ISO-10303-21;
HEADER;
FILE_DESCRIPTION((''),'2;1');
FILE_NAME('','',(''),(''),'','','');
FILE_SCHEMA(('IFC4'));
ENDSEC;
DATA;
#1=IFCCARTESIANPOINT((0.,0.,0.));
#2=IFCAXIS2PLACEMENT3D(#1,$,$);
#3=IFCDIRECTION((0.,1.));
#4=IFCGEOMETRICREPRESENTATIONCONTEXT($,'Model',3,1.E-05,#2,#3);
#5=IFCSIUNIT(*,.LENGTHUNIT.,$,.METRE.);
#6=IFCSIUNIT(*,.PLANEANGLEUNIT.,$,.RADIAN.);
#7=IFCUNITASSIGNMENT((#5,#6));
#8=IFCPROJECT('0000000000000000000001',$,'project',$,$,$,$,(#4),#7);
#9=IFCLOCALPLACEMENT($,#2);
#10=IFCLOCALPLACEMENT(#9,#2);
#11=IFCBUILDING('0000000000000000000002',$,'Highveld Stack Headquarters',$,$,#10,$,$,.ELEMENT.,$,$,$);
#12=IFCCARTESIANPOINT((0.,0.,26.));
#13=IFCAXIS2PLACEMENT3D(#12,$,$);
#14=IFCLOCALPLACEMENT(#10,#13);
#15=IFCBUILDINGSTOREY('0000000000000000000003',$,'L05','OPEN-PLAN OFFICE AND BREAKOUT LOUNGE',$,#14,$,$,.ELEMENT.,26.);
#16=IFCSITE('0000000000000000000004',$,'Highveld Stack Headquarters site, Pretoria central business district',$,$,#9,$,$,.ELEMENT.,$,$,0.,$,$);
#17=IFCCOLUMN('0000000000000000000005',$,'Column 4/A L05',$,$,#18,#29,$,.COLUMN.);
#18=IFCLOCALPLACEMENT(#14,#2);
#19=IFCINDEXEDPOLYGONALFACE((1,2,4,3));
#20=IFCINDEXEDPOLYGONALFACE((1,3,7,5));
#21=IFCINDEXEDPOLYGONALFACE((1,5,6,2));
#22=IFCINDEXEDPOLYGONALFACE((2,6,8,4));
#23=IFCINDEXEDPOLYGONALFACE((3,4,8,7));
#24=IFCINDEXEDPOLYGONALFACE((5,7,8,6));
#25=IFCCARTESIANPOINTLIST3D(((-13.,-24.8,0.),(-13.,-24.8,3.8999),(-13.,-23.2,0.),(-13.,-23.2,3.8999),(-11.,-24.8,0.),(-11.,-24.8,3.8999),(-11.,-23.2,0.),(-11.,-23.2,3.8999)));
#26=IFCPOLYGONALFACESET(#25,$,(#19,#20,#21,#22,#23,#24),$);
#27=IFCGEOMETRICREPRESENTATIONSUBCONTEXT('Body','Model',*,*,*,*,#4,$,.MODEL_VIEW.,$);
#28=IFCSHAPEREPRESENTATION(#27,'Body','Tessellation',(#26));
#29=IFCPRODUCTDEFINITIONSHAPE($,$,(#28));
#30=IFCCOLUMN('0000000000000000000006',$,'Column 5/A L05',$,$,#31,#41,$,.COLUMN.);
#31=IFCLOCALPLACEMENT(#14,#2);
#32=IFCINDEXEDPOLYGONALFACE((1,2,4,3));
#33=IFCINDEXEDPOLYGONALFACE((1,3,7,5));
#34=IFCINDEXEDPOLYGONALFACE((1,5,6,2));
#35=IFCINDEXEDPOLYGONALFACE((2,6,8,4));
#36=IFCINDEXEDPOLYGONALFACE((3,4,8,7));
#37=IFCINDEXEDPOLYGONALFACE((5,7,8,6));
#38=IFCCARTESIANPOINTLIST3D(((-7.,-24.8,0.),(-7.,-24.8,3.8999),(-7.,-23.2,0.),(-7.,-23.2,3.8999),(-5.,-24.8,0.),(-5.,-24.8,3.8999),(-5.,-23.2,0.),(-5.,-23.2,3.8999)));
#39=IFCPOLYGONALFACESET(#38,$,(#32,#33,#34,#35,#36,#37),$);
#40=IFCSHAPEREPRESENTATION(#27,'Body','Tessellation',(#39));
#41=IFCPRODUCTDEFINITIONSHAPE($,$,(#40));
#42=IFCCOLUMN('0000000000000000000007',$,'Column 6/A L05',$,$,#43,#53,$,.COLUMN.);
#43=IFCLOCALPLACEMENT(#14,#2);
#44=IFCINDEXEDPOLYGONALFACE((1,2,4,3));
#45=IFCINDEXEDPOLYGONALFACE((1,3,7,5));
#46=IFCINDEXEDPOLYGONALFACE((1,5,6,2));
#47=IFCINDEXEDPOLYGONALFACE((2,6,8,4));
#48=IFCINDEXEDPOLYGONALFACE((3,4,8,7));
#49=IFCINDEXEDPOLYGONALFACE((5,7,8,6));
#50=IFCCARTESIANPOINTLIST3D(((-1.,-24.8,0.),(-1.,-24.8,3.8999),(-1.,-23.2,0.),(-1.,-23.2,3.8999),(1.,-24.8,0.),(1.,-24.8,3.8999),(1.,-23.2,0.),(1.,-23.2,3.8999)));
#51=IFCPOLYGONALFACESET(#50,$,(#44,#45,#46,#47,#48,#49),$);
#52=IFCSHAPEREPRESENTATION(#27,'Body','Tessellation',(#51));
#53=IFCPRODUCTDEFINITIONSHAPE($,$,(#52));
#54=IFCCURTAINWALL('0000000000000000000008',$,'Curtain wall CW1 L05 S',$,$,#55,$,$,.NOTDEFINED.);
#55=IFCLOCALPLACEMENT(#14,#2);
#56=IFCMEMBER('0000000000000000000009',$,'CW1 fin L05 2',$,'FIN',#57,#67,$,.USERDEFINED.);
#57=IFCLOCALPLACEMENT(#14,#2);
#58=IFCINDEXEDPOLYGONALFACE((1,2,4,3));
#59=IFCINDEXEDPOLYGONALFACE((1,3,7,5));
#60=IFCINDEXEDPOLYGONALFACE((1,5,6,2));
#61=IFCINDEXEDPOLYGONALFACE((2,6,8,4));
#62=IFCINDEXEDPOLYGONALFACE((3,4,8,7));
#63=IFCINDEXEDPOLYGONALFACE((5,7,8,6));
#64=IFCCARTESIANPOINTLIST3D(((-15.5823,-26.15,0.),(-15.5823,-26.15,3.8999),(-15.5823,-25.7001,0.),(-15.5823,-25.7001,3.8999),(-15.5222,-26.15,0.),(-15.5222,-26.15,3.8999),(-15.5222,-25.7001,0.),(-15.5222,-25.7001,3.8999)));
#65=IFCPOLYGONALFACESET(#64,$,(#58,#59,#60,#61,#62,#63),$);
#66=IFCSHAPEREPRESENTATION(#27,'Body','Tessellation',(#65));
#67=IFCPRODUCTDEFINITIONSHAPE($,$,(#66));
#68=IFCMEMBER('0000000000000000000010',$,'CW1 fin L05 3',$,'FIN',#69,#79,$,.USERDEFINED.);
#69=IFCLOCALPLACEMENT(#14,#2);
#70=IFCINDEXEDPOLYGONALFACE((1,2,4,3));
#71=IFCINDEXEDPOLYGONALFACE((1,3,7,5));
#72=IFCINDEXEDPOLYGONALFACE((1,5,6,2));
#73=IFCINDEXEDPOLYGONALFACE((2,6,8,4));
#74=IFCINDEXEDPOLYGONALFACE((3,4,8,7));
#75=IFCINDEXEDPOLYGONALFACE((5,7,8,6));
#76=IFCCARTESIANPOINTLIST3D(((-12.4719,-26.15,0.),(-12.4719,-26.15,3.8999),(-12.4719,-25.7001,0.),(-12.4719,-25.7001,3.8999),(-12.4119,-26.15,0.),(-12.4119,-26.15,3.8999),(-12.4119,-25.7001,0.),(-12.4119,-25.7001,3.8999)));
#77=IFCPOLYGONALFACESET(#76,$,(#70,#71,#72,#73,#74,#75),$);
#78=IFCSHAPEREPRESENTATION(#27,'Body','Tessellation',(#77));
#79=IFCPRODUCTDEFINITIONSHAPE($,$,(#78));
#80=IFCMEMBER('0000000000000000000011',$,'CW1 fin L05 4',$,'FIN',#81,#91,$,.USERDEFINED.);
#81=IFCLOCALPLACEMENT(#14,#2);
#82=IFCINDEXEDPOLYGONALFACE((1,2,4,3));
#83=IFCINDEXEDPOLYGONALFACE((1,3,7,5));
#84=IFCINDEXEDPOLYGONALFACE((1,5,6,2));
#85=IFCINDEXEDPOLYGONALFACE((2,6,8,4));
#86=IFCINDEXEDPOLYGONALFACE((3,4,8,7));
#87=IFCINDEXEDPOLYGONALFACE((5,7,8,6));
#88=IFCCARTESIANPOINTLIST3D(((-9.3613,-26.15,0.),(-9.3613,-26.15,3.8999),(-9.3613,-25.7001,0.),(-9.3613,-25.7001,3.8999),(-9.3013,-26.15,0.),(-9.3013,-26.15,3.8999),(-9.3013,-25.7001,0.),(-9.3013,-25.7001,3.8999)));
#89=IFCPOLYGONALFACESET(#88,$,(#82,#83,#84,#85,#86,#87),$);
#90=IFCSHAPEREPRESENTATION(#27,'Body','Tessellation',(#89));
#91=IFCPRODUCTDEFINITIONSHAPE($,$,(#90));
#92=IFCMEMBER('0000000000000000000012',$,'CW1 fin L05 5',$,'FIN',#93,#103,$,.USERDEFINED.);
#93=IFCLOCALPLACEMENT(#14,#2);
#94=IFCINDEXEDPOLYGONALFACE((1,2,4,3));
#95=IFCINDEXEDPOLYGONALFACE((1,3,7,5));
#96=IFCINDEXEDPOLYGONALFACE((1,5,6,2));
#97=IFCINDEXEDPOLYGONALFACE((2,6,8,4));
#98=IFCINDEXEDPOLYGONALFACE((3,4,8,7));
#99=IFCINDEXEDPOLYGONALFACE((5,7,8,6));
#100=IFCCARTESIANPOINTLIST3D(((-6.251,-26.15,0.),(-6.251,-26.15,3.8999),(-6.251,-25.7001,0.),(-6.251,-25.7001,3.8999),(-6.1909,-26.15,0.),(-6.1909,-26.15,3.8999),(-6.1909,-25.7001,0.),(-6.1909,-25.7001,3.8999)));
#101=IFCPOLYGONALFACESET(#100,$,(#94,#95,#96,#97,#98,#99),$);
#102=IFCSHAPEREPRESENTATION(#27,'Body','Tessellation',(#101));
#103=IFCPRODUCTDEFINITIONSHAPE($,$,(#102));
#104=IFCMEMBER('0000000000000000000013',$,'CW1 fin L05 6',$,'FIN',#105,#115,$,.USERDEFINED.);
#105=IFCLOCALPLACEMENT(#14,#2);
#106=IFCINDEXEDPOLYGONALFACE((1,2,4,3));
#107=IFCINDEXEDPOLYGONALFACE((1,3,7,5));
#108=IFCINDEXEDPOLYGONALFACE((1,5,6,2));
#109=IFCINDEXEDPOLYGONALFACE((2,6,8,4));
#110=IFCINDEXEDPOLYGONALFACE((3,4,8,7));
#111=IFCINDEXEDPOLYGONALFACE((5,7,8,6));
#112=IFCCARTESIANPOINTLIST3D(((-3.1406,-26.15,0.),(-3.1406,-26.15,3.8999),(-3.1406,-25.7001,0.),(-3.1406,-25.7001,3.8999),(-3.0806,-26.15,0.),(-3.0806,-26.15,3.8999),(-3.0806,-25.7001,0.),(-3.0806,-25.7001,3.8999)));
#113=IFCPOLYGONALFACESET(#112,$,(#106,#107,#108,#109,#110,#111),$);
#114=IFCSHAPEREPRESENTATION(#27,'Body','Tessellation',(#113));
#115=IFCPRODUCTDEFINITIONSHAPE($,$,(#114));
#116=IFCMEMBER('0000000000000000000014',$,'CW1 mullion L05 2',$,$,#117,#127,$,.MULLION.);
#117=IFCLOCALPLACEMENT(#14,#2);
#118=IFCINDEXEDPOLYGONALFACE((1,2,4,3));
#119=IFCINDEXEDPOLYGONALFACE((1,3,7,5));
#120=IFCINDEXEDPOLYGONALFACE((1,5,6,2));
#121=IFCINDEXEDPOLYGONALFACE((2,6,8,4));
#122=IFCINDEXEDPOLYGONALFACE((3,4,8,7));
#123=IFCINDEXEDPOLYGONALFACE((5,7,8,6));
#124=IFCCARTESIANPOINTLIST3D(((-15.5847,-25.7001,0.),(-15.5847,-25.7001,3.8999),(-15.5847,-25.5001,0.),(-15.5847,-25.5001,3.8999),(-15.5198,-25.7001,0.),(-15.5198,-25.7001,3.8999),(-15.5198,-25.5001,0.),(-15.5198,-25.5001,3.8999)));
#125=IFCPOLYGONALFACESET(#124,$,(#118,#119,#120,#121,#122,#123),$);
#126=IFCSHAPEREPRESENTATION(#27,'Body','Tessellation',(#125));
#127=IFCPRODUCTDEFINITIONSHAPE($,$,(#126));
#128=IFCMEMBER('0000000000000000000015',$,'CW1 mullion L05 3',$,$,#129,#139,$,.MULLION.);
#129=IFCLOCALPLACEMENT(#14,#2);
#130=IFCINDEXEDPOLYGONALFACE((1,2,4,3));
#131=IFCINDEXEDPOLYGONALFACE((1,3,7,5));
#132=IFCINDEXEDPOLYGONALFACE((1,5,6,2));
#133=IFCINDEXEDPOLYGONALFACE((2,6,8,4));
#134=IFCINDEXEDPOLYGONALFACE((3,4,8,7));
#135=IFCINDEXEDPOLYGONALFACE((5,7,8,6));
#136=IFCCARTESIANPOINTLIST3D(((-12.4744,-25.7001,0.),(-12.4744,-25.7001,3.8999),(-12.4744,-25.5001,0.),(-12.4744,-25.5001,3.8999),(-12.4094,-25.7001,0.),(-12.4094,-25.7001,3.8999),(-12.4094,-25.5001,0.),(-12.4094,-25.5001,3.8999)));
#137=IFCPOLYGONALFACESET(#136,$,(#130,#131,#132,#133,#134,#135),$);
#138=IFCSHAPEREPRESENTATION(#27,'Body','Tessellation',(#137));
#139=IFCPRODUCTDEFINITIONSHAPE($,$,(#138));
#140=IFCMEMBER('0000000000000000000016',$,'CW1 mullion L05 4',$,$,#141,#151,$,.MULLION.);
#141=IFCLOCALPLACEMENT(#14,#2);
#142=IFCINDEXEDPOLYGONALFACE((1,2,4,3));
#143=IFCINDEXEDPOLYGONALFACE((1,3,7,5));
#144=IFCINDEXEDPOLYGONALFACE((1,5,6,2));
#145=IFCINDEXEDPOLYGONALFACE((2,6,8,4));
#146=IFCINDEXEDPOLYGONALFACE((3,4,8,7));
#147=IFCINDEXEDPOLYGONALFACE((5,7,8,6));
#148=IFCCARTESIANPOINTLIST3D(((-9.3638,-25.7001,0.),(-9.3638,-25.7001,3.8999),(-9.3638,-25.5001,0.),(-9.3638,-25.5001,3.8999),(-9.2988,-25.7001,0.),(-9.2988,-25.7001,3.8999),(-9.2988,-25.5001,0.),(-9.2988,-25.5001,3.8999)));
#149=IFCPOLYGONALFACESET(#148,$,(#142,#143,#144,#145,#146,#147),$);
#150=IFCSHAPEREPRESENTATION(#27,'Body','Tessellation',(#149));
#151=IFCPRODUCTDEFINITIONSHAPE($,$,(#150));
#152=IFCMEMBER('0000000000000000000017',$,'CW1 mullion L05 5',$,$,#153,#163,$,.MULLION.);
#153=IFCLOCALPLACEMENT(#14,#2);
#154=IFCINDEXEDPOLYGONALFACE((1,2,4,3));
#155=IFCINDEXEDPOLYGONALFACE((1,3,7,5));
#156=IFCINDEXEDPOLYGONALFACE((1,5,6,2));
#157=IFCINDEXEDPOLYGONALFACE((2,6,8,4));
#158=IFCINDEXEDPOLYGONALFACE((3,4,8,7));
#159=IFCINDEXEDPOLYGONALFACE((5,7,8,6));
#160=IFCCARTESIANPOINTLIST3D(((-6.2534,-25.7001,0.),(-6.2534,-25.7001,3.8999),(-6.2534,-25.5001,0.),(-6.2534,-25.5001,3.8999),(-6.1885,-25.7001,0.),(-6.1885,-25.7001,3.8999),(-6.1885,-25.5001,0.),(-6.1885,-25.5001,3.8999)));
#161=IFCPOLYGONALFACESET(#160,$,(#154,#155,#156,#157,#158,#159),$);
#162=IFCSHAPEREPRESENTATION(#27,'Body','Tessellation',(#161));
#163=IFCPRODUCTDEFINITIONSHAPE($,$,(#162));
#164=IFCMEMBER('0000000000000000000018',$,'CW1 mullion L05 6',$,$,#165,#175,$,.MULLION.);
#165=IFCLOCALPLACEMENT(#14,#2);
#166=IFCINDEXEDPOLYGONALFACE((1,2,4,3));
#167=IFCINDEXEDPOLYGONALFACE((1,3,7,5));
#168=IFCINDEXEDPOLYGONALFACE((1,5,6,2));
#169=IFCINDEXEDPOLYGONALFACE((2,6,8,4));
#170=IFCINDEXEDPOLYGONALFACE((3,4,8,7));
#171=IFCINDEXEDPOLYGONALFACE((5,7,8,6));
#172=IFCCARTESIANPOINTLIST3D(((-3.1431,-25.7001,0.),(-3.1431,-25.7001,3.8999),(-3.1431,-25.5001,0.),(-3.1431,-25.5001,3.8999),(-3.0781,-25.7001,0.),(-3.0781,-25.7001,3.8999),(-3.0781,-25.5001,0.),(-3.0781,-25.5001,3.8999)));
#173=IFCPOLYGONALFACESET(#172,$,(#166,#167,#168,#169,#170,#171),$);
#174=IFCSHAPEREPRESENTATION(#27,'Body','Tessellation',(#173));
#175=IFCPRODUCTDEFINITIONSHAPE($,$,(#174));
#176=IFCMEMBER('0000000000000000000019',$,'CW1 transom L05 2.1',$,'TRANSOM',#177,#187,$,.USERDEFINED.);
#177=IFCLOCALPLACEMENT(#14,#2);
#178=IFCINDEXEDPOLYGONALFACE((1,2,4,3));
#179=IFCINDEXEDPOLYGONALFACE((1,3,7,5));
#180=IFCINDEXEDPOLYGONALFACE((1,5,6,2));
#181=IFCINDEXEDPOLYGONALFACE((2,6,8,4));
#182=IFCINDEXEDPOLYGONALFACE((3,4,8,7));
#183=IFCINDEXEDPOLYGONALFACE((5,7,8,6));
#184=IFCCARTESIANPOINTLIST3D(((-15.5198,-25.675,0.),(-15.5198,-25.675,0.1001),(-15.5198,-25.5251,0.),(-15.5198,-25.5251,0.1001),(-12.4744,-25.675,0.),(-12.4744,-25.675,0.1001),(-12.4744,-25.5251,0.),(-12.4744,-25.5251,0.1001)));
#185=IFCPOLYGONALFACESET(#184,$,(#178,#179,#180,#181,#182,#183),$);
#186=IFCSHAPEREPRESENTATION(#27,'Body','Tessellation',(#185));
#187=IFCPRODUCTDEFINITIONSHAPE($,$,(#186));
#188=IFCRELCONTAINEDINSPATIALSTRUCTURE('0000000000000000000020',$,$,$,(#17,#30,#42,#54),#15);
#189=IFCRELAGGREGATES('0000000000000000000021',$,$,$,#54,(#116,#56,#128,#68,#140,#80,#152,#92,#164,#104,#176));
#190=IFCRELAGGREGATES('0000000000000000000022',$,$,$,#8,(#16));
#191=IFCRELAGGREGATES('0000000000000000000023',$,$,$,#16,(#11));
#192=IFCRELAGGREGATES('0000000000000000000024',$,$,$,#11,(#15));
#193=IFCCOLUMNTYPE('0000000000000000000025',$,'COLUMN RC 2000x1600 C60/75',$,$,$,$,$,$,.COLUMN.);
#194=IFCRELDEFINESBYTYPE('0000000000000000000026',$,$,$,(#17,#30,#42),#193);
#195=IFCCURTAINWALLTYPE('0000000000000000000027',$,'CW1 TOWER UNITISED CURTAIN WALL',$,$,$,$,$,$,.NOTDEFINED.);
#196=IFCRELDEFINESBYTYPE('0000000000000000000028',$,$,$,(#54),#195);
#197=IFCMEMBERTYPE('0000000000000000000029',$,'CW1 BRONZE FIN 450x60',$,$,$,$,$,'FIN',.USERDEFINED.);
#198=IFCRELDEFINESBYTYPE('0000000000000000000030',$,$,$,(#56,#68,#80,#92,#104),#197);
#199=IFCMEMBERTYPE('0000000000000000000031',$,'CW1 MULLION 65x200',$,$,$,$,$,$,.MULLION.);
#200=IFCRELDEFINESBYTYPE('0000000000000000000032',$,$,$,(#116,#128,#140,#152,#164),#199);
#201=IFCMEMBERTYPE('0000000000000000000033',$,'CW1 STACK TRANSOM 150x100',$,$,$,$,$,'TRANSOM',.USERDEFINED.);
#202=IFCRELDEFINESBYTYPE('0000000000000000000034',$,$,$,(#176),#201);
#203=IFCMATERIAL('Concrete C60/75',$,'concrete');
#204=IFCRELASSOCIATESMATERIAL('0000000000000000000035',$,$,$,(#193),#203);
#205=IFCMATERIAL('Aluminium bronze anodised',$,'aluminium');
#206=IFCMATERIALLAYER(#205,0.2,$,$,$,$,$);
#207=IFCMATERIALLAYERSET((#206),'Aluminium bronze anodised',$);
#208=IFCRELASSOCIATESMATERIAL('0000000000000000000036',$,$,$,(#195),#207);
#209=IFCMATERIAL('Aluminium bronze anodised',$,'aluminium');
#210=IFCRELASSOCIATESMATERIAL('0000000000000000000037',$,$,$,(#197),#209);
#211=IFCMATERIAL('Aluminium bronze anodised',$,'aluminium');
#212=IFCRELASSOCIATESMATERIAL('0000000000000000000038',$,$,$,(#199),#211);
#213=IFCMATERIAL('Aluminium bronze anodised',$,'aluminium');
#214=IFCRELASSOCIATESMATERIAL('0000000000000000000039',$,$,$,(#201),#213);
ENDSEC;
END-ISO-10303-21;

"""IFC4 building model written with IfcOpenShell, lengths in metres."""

from ifc_helpers import new_model, si_unit, direction, frame, origin, origin_2d, place, context, subcontext, project, spatial, rectangle, extrude, material, layer, layer_set, material_profile, profile_set, type_object, element, aggregate, save


model = new_model("IFC4")

# Units and contexts
model_context = context("Model", 3, precision=1e-05, world=origin(), true_north=direction((0.0, 1.0)))
body_context = subcontext(model_context, "Body", "Model", "MODEL_VIEW")
ifc_project = project(units=[si_unit("LENGTHUNIT", "METRE"), si_unit("PLANEANGLEUNIT", "RADIAN")], contexts=[model_context])

# Site, building, storey
site_placement = place(None, origin())
site = spatial("IfcSite", under=ifc_project, at=site_placement, Name="Highveld Stack Headquarters site, Pretoria central business district", CompositionType="ELEMENT", RefElevation=0.0)
building_placement = place(site_placement, origin())
building = spatial("IfcBuilding", under=site, at=building_placement, Name="Highveld Stack Headquarters", CompositionType="ELEMENT")
storey_placement = place(building_placement, frame((0.0, 0.0, 26.0)))
storey = spatial("IfcBuildingStorey", under=building, at=storey_placement, Name="L05", Description="OPEN-PLAN OFFICE AND BREAKOUT LOUNGE", CompositionType="ELEMENT", Elevation=26.0)

# Columns
ifc_material_1 = material(Name="Concrete C60/75", Category="concrete")
ifc_material_profile_1 = material_profile(ifc_material_1, rectangle(XDim=2.0, YDim=1.6001, at=origin_2d()), Name="RC 2000x1600")
ifc_profile_set_1 = profile_set([ifc_material_profile_1], Name="Concrete C60/75")
column_type = type_object("IfcColumnType", Name="COLUMN RC 2000x1600 C60/75", PredefinedType="COLUMN", material=ifc_profile_set_1)
for number, where, z_axis, x_axis, name in (
    (1, (-12.0, -24.0, 0.0), (0.0, 0.0, 1.0), (1.0, 0.0, 0.0), "Column 4/A L05"),
    (2, (-6.0, -24.0, 0.0), (0.0, 0.0, 1.0), (1.0, 0.0, 0.0), "Column 5/A L05"),
    (3, (0.0, -24.0, 0.0), (0.0, 0.0, 1.0), (1.0, 0.0, 0.0), "Column 6/A L05"),
):
    element("IfcColumn", number, at=place(storey_placement, frame(where, z_axis=z_axis, x_axis=x_axis)), inside=storey, type_object=column_type, Name=name, PredefinedType="COLUMN", context=body_context, shape_type="SweptSolid", body=[
        extrude(rectangle(XDim=2.0, YDim=1.6001, at=origin_2d()), origin(), (0.0, 0.0, 1.0), 3.8999),
    ])

# Curtain wall, members
ifc_material_2 = material(Name="Aluminium bronze anodised", Category="aluminium")
ifc_layer_1 = layer(ifc_material_2, 0.2)
ifc_layer_set_1 = layer_set([ifc_layer_1], Name="Aluminium bronze anodised")
curtain_wall_type = type_object("IfcCurtainWallType", Name="CW1 TOWER UNITISED CURTAIN WALL", PredefinedType="NOTDEFINED", material=ifc_layer_set_1)
curtain_wall_placement = place(storey_placement, origin())
curtain_wall = element("IfcCurtainWall", 4, at=curtain_wall_placement, inside=storey, type_object=curtain_wall_type, Name="Curtain wall CW1 L05 S", PredefinedType="NOTDEFINED")
ifc_material_3 = material(Name="Aluminium bronze anodised", Category="aluminium")
ifc_material_profile_2 = material_profile(ifc_material_3, rectangle(XDim=0.45, YDim=0.0601, at=origin_2d()), Name="FIN 450x60")
ifc_profile_set_2 = profile_set([ifc_material_profile_2], Name="Aluminium bronze anodised")
member_type_1 = type_object("IfcMemberType", Name="CW1 BRONZE FIN 450x60", ElementType="FIN", PredefinedType="USERDEFINED", material=ifc_profile_set_2)
member_1_placement = place(storey_placement, frame((-15.5522, -25.925, 0.0), z_axis=(0.0, 0.0, 1.0), x_axis=(0.0, 1.0, 0.0)))
member_1 = element("IfcMember", 5, at=member_1_placement, type_object=member_type_1, Name="CW1 fin L05 2", ObjectType="FIN", PredefinedType="USERDEFINED", context=body_context, shape_type="SweptSolid", body=[
    extrude(rectangle(XDim=0.45, YDim=0.0601, at=origin_2d()), origin(), (0.0, 0.0, 1.0), 3.8999),
])
member_2_placement = place(storey_placement, frame((-12.4419, -25.925, 0.0), z_axis=(0.0, 0.0, 1.0), x_axis=(0.0, 1.0, 0.0)))
member_2 = element("IfcMember", 6, at=member_2_placement, type_object=member_type_1, Name="CW1 fin L05 3", ObjectType="FIN", PredefinedType="USERDEFINED", context=body_context, shape_type="SweptSolid", body=[
    extrude(rectangle(XDim=0.45, YDim=0.0601, at=origin_2d()), origin(), (0.0, 0.0, 1.0), 3.8999),
])
member_3_placement = place(storey_placement, frame((-9.3313, -25.925, 0.0), z_axis=(0.0, 0.0, 1.0), x_axis=(0.0, 1.0, 0.0)))
member_3 = element("IfcMember", 7, at=member_3_placement, type_object=member_type_1, Name="CW1 fin L05 4", ObjectType="FIN", PredefinedType="USERDEFINED", context=body_context, shape_type="SweptSolid", body=[
    extrude(rectangle(XDim=0.45, YDim=0.0601, at=origin_2d()), origin(), (0.0, 0.0, 1.0), 3.8999),
])
member_4_placement = place(storey_placement, frame((-6.2209, -25.925, 0.0), z_axis=(0.0, 0.0, 1.0), x_axis=(0.0, 1.0, 0.0)))
member_4 = element("IfcMember", 8, at=member_4_placement, type_object=member_type_1, Name="CW1 fin L05 5", ObjectType="FIN", PredefinedType="USERDEFINED", context=body_context, shape_type="SweptSolid", body=[
    extrude(rectangle(XDim=0.45, YDim=0.0601, at=origin_2d()), origin(), (0.0, 0.0, 1.0), 3.8999),
])
member_5_placement = place(storey_placement, frame((-3.1106, -25.925, 0.0), z_axis=(0.0, 0.0, 1.0), x_axis=(0.0, 1.0, 0.0)))
member_5 = element("IfcMember", 9, at=member_5_placement, type_object=member_type_1, Name="CW1 fin L05 6", ObjectType="FIN", PredefinedType="USERDEFINED", context=body_context, shape_type="SweptSolid", body=[
    extrude(rectangle(XDim=0.45, YDim=0.0601, at=origin_2d()), origin(), (0.0, 0.0, 1.0), 3.8999),
])
ifc_material_4 = material(Name="Aluminium bronze anodised", Category="aluminium")
ifc_material_profile_3 = material_profile(ifc_material_4, rectangle(XDim=0.2, YDim=0.0649, at=origin_2d()), Name="CW1 MULLION 65x200")
ifc_profile_set_3 = profile_set([ifc_material_profile_3], Name="Aluminium bronze anodised")
member_type_2 = type_object("IfcMemberType", Name="CW1 MULLION 65x200", PredefinedType="MULLION", material=ifc_profile_set_3)
member_6_placement = place(storey_placement, frame((-15.5522, -25.6001, 0.0), z_axis=(0.0, 0.0, 1.0), x_axis=(0.0, 1.0, 0.0)))
member_6 = element("IfcMember", 10, at=member_6_placement, type_object=member_type_2, Name="CW1 mullion L05 2", PredefinedType="MULLION", context=body_context, shape_type="SweptSolid", body=[
    extrude(rectangle(XDim=0.2, YDim=0.0649, at=origin_2d()), origin(), (0.0, 0.0, 1.0), 3.8999),
])
member_7_placement = place(storey_placement, frame((-12.4419, -25.6001, 0.0), z_axis=(0.0, 0.0, 1.0), x_axis=(0.0, 1.0, 0.0)))
member_7 = element("IfcMember", 11, at=member_7_placement, type_object=member_type_2, Name="CW1 mullion L05 3", PredefinedType="MULLION", context=body_context, shape_type="SweptSolid", body=[
    extrude(rectangle(XDim=0.2, YDim=0.0649, at=origin_2d()), origin(), (0.0, 0.0, 1.0), 3.8999),
])
member_8_placement = place(storey_placement, frame((-9.3313, -25.6001, 0.0), z_axis=(0.0, 0.0, 1.0), x_axis=(0.0, 1.0, 0.0)))
member_8 = element("IfcMember", 12, at=member_8_placement, type_object=member_type_2, Name="CW1 mullion L05 4", PredefinedType="MULLION", context=body_context, shape_type="SweptSolid", body=[
    extrude(rectangle(XDim=0.2, YDim=0.0649, at=origin_2d()), origin(), (0.0, 0.0, 1.0), 3.8999),
])
member_9_placement = place(storey_placement, frame((-6.2209, -25.6001, 0.0), z_axis=(0.0, 0.0, 1.0), x_axis=(0.0, 1.0, 0.0)))
member_9 = element("IfcMember", 13, at=member_9_placement, type_object=member_type_2, Name="CW1 mullion L05 5", PredefinedType="MULLION", context=body_context, shape_type="SweptSolid", body=[
    extrude(rectangle(XDim=0.2, YDim=0.0649, at=origin_2d()), origin(), (0.0, 0.0, 1.0), 3.8999),
])
member_10_placement = place(storey_placement, frame((-3.1106, -25.6001, 0.0), z_axis=(0.0, 0.0, 1.0), x_axis=(0.0, 1.0, 0.0)))
member_10 = element("IfcMember", 14, at=member_10_placement, type_object=member_type_2, Name="CW1 mullion L05 6", PredefinedType="MULLION", context=body_context, shape_type="SweptSolid", body=[
    extrude(rectangle(XDim=0.2, YDim=0.0649, at=origin_2d()), origin(), (0.0, 0.0, 1.0), 3.8999),
])
ifc_material_5 = material(Name="Aluminium bronze anodised", Category="aluminium")
ifc_material_profile_4 = material_profile(ifc_material_5, rectangle(XDim=0.1499, YDim=0.1001, at=origin_2d()), Name="CW1 TRANSOM 150x100")
ifc_profile_set_4 = profile_set([ifc_material_profile_4], Name="Aluminium bronze anodised")
member_type_3 = type_object("IfcMemberType", Name="CW1 STACK TRANSOM 150x100", ElementType="TRANSOM", PredefinedType="USERDEFINED", material=ifc_profile_set_4)
member_11_placement = place(storey_placement, frame((-15.5198, -25.6001, 0.05), z_axis=(1.0, 0.0, 0.0), x_axis=(0.0, 1.0, 0.0)))
member_11 = element("IfcMember", 15, at=member_11_placement, type_object=member_type_3, Name="CW1 transom L05 2.1", ObjectType="TRANSOM", PredefinedType="USERDEFINED", context=body_context, shape_type="SweptSolid", body=[
    extrude(rectangle(XDim=0.1499, YDim=0.1001, at=origin_2d()), origin(), (0.0, 0.0, 1.0), 3.0454),
])
aggregate(curtain_wall, [member_6, member_1, member_7, member_2, member_8, member_3, member_9, member_4, member_10, member_5, member_11])

save(model, "model.ifc")
